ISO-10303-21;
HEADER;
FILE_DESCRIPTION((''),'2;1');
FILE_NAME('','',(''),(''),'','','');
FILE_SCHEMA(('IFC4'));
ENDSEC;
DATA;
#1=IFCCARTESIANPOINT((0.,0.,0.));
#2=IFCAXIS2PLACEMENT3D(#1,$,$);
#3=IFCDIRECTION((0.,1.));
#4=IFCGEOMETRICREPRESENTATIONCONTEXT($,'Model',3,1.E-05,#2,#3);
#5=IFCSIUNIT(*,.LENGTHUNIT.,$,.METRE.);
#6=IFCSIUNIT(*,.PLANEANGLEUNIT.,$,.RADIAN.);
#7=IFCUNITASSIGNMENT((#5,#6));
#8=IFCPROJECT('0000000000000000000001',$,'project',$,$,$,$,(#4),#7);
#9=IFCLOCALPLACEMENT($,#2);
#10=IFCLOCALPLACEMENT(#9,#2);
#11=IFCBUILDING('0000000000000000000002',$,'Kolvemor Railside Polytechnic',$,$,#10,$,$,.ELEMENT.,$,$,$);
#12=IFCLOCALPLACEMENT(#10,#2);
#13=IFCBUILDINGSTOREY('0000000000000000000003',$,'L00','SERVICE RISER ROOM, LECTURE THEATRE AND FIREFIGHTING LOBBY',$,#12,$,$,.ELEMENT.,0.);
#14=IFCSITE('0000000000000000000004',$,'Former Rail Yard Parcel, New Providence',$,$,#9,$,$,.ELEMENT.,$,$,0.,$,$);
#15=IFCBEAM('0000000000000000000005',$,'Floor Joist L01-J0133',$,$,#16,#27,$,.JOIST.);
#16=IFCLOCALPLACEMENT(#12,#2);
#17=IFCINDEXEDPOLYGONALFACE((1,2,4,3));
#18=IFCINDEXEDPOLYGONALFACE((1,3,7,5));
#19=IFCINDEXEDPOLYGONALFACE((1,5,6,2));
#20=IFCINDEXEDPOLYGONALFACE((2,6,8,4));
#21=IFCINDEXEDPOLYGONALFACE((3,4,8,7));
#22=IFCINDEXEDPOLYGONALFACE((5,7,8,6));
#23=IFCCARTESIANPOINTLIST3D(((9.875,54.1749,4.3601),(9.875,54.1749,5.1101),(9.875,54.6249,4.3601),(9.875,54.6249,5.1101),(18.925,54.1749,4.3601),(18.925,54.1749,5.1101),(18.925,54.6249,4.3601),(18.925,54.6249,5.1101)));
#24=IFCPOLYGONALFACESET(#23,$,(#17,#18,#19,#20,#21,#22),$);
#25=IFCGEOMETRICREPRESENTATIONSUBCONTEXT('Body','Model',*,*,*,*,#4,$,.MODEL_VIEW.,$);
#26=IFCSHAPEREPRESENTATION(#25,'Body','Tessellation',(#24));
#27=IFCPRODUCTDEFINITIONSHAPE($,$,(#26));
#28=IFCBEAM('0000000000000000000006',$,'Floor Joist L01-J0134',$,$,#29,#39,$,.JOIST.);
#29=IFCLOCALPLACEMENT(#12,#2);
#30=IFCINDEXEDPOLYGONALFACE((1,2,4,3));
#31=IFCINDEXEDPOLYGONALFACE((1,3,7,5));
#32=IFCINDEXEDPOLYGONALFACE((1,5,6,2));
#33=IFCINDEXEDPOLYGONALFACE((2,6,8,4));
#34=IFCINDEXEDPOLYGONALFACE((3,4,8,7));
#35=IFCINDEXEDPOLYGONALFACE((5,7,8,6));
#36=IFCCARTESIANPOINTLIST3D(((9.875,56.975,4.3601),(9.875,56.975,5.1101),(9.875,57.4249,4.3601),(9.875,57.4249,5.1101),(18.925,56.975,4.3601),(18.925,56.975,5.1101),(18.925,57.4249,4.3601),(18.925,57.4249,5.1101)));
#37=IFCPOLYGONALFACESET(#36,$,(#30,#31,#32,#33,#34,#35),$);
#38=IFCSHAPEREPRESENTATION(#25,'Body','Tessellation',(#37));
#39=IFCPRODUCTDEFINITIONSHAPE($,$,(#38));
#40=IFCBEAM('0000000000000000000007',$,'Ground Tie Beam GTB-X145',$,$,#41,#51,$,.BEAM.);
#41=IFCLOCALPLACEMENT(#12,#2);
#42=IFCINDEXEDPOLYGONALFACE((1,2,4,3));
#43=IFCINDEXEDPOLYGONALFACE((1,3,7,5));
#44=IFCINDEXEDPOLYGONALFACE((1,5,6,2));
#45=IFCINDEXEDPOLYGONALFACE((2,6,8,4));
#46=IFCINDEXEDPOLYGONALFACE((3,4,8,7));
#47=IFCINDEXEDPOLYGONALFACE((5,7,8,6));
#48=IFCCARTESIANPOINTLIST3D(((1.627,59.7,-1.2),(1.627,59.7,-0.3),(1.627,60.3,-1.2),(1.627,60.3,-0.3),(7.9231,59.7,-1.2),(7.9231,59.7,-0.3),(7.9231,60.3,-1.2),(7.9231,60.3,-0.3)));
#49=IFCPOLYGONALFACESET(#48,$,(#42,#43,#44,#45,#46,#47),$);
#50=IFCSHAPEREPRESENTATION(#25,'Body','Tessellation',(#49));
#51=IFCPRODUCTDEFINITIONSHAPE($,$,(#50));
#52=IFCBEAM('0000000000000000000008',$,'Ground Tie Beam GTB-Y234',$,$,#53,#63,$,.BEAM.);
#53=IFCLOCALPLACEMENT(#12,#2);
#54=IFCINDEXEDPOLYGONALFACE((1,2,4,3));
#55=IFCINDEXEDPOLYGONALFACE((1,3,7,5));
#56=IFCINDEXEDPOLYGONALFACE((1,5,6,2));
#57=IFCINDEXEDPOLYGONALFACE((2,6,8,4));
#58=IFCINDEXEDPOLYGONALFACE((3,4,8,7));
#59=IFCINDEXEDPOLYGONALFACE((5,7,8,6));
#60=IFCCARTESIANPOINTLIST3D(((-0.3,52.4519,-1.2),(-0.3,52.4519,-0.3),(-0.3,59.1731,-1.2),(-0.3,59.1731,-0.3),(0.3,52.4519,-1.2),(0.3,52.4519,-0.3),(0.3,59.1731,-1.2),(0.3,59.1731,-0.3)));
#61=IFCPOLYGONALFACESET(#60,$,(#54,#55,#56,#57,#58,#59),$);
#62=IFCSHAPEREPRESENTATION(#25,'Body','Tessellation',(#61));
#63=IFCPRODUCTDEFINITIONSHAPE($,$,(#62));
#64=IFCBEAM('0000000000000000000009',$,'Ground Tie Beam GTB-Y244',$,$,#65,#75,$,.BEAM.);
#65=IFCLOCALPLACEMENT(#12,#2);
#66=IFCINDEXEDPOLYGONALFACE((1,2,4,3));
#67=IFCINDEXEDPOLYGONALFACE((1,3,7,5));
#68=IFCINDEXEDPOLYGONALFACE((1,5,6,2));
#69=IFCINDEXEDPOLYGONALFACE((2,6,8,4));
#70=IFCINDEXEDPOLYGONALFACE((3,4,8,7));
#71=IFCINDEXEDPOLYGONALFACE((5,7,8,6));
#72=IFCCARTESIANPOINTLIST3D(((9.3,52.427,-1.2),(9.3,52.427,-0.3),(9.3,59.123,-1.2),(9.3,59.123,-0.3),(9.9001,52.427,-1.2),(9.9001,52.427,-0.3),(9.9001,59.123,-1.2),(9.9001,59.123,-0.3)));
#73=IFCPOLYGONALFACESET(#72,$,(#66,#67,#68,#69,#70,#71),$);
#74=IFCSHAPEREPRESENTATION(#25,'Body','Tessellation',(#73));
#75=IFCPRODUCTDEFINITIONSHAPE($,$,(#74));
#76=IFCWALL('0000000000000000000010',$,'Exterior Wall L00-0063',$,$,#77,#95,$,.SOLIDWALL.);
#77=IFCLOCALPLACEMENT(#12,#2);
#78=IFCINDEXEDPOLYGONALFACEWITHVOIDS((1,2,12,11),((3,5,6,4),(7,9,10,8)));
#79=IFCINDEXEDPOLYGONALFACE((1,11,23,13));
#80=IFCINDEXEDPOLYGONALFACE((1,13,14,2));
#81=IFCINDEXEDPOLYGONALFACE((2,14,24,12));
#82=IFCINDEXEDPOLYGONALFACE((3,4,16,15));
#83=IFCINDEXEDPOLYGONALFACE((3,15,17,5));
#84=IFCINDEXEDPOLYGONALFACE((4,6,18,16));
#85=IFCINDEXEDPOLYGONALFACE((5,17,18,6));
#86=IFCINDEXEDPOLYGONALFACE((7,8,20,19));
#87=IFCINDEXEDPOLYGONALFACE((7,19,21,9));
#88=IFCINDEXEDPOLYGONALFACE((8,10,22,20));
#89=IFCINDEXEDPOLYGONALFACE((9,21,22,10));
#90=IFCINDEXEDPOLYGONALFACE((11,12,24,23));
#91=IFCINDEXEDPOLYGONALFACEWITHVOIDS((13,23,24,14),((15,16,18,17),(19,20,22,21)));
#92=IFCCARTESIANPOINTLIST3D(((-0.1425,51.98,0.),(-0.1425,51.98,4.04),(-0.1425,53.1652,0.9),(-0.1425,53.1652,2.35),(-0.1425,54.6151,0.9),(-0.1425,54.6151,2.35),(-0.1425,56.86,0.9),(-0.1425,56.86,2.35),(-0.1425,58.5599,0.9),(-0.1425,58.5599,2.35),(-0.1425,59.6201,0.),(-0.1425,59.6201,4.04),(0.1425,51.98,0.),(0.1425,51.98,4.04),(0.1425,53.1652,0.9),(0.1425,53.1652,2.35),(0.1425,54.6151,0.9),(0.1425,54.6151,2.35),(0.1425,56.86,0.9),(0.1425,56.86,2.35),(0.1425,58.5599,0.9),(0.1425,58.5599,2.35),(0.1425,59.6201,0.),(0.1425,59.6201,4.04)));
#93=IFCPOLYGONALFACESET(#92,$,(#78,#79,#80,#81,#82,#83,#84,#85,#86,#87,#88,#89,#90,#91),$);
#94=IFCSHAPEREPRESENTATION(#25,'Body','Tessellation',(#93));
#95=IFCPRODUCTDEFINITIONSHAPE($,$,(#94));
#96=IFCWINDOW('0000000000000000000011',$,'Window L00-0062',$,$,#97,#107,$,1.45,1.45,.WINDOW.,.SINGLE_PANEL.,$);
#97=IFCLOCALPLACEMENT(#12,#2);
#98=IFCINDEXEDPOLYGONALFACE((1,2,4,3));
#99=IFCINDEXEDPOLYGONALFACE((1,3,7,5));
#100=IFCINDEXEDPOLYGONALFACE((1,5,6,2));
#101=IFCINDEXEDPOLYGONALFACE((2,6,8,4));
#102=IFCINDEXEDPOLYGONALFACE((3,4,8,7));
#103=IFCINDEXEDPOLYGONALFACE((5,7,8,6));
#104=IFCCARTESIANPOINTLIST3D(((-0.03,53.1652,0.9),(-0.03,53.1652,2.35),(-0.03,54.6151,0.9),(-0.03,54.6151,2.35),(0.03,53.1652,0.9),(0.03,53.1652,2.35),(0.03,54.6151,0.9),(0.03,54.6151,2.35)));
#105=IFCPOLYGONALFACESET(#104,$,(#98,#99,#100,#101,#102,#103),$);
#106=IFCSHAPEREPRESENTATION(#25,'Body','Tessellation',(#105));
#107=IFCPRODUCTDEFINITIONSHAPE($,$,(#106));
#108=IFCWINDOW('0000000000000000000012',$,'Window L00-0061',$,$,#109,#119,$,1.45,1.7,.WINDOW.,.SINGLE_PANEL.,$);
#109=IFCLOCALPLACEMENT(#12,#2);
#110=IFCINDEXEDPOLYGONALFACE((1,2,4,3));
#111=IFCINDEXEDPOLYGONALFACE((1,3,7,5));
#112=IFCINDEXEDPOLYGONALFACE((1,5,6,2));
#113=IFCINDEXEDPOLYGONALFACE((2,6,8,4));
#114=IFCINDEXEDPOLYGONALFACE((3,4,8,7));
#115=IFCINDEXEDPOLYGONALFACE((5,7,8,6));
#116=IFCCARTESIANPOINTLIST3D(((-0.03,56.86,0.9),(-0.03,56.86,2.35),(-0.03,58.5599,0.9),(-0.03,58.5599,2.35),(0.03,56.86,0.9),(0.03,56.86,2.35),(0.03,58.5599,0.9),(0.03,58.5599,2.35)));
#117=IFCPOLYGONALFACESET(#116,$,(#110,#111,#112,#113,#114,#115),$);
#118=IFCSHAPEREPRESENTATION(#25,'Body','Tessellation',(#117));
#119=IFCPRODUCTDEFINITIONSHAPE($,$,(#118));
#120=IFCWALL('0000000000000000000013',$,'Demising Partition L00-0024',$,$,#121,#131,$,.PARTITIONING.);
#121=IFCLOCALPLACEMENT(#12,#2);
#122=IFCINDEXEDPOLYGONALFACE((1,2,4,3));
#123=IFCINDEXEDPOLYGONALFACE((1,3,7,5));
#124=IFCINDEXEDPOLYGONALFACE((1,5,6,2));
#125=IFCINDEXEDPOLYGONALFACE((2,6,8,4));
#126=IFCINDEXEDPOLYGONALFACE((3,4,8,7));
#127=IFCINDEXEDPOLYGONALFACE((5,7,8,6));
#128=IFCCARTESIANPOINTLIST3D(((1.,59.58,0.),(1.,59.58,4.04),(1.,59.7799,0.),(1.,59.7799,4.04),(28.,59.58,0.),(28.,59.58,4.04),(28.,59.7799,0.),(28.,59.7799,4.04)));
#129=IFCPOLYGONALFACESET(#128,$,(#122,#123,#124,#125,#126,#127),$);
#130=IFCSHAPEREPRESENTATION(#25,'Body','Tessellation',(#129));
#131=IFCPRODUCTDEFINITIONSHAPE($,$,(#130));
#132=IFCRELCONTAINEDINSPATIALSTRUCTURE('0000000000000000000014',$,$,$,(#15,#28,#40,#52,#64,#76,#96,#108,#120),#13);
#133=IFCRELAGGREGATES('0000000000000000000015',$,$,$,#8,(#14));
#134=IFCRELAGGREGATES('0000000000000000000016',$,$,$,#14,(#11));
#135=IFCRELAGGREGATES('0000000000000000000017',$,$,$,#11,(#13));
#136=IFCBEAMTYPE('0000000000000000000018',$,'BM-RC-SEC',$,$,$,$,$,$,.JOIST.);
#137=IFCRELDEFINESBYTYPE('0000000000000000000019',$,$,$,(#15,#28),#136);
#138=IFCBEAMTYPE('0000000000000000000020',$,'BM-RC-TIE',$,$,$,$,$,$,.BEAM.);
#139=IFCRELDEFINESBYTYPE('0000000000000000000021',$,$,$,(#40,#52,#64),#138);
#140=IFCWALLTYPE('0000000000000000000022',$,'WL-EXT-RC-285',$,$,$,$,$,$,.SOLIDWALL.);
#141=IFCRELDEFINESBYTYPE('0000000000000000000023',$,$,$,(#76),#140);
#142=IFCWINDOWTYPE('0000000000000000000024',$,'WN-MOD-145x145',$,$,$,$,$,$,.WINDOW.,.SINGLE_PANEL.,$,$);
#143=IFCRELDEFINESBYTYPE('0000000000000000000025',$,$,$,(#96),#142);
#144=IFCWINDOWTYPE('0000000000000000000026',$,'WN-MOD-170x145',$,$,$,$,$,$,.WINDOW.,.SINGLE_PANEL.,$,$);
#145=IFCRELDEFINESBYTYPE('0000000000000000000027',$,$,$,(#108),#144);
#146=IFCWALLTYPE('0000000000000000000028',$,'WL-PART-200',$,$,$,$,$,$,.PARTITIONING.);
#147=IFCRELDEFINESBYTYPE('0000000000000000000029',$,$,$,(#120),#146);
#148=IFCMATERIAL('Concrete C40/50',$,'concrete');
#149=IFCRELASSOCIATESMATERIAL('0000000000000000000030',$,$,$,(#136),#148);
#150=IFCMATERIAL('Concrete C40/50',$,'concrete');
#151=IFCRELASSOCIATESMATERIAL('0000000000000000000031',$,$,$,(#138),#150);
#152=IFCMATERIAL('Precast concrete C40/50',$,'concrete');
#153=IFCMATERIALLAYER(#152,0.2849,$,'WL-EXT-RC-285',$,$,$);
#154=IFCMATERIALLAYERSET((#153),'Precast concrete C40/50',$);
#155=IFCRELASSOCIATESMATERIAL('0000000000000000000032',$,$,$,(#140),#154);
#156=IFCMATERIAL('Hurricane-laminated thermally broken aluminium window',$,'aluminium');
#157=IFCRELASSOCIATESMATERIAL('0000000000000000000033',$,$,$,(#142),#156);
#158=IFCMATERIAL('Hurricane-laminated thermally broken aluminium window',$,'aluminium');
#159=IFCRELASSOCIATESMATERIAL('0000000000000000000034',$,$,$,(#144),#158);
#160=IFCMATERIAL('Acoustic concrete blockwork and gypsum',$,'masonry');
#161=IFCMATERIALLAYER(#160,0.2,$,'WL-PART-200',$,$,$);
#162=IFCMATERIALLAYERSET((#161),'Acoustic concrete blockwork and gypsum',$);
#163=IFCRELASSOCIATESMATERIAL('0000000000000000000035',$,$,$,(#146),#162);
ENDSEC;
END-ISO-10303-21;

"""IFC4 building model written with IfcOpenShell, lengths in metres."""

from ifc_helpers import new_model, si_unit, direction, frame, frame_2d, origin, origin_2d, place, context, subcontext, project, spatial, rectangle, extrude, material, layer, layer_set, material_profile, profile_set, type_object, element, fill, save


model = new_model("IFC4")

# Units and contexts
model_context = context("Model", 3, precision=1e-05, world=origin(), true_north=direction((0.0, 1.0)))
body_context = subcontext(model_context, "Body", "Model", "MODEL_VIEW")
ifc_project = project(units=[si_unit("LENGTHUNIT", "METRE"), si_unit("PLANEANGLEUNIT", "RADIAN")], contexts=[model_context])

# Site, building, storey
site_placement = place(None, origin())
site = spatial("IfcSite", under=ifc_project, at=site_placement, Name="Former Rail Yard Parcel, New Providence", CompositionType="ELEMENT", RefElevation=0.0)
building_placement = place(site_placement, origin())
building = spatial("IfcBuilding", under=site, at=building_placement, Name="Kolvemor Railside Polytechnic", CompositionType="ELEMENT")
storey_placement = place(building_placement, origin())
storey = spatial("IfcBuildingStorey", under=building, at=storey_placement, Name="L00", Description="SERVICE RISER ROOM, LECTURE THEATRE AND FIREFIGHTING LOBBY", CompositionType="ELEMENT", Elevation=0.0)

# Beams
ifc_material_1 = material(Name="Concrete C40/50", Category="concrete")
ifc_material_profile_1 = material_profile(ifc_material_1, rectangle(XDim=0.45, YDim=0.75, at=origin_2d()), Name="RC450x750")
ifc_profile_set_1 = profile_set([ifc_material_profile_1], Name="Concrete C40/50")
beam_type_1 = type_object("IfcBeamType", Name="BM-RC-SEC", PredefinedType="JOIST", material=ifc_profile_set_1)
for number, where, z_axis, x_axis, name in (
    (1, (9.875, 54.3999, 4.7351), (1.0, 0.0, 0.0), (0.0, 1.0, 0.0), "Floor Joist L01-J0133"),
    (2, (9.875, 57.2, 4.7351), (1.0, 0.0, 0.0), (0.0, 1.0, 0.0), "Floor Joist L01-J0134"),
):
    element("IfcBeam", number, at=place(storey_placement, frame(where, z_axis=z_axis, x_axis=x_axis)), inside=storey, type_object=beam_type_1, Name=name, PredefinedType="JOIST", context=body_context, shape_type="SweptSolid", body=[
        extrude(rectangle(XDim=0.45, YDim=0.75, at=origin_2d()), origin(), (0.0, 0.0, 1.0), 9.05),
    ])
ifc_material_2 = material(Name="Concrete C40/50", Category="concrete")
ifc_material_profile_2 = material_profile(ifc_material_2, rectangle(XDim=0.6001, YDim=0.8999, at=origin_2d()), Name="RC600x900")
ifc_profile_set_2 = profile_set([ifc_material_profile_2], Name="Concrete C40/50")
beam_type_2 = type_object("IfcBeamType", Name="BM-RC-TIE", PredefinedType="BEAM", material=ifc_profile_set_2)
beam_1_placement = place(storey_placement, frame((1.627, 60.0, -0.75), z_axis=(1.0, 0.0, 0.0), x_axis=(0.0, 1.0, 0.0)))
element("IfcBeam", 3, at=beam_1_placement, inside=storey, type_object=beam_type_2, Name="Ground Tie Beam GTB-X145", PredefinedType="BEAM", context=body_context, shape_type="SweptSolid", body=[
    extrude(rectangle(XDim=0.6001, YDim=0.8999, at=origin_2d()), origin(), (0.0, 0.0, 1.0), 6.2961),
])
beam_2_placement = place(storey_placement, frame((0.0, 52.4519, -0.75), z_axis=(0.0, 1.0, 0.0), x_axis=(-1.0, 0.0, 0.0)))
element("IfcBeam", 4, at=beam_2_placement, inside=storey, type_object=beam_type_2, Name="Ground Tie Beam GTB-Y234", PredefinedType="BEAM", context=body_context, shape_type="SweptSolid", body=[
    extrude(rectangle(XDim=0.6001, YDim=0.8999, at=origin_2d()), origin(), (0.0, 0.0, 1.0), 6.7212),
])
beam_3_placement = place(storey_placement, frame((9.6001, 52.427, -0.75), z_axis=(0.0, 1.0, 0.0), x_axis=(-1.0, 0.0, 0.0)))
element("IfcBeam", 5, at=beam_3_placement, inside=storey, type_object=beam_type_2, Name="Ground Tie Beam GTB-Y244", PredefinedType="BEAM", context=body_context, shape_type="SweptSolid", body=[
    extrude(rectangle(XDim=0.6001, YDim=0.8999, at=origin_2d()), origin(), (0.0, 0.0, 1.0), 6.696),
])

# Wall, openings, windows
ifc_material_3 = material(Name="Precast concrete C40/50", Category="concrete")
ifc_layer_1 = layer(ifc_material_3, 0.2849, Name="WL-EXT-RC-285")
ifc_layer_set_1 = layer_set([ifc_layer_1], Name="Precast concrete C40/50")
wall_type_1 = type_object("IfcWallType", Name="WL-EXT-RC-285", PredefinedType="SOLIDWALL", material=ifc_layer_set_1)
wall_1_placement = place(storey_placement, frame((0.0, 59.6201, 0.0), z_axis=(0.0, 0.0, 1.0), x_axis=(0.0, -1.0, 0.0)))
wall_1 = element("IfcWall", 6, at=wall_1_placement, inside=storey, type_object=wall_type_1, Name="Exterior Wall L00-0063", PredefinedType="SOLIDWALL", context=body_context, shape_type="SweptSolid", body=[
    extrude(rectangle(XDim=7.6401, YDim=0.2849, at=frame_2d((3.8201, 0.0))), origin(), (0.0, 0.0, 1.0), 4.04),
])
opening_1_placement = place(wall_1_placement, frame((1.0601, 0.0, 0.8999)))
opening_1 = element("IfcOpeningElement", 7, at=opening_1_placement, cuts=wall_1, PredefinedType="OPENING", context=body_context, shape_type="SweptSolid", body=[
    extrude(rectangle(XDim=1.7, YDim=1.45, at=frame_2d((0.8501, 0.7251))), frame((0.0, 0.1523, 0.0), z_axis=(0.0, -1.0, 0.0), x_axis=(1.0, 0.0, 0.0)), (0.0, 0.0, 1.0), 0.3049),
])
opening_2_placement = place(wall_1_placement, frame((5.0049, 0.0, 0.8999)))
opening_2 = element("IfcOpeningElement", 8, at=opening_2_placement, cuts=wall_1, PredefinedType="OPENING", context=body_context, shape_type="SweptSolid", body=[
    extrude(rectangle(XDim=1.45, YDim=1.45, at=frame_2d((0.7251, 0.7251))), frame((0.0, 0.1523, 0.0), z_axis=(0.0, -1.0, 0.0), x_axis=(1.0, 0.0, 0.0)), (0.0, 0.0, 1.0), 0.3049),
])
ifc_material_4 = material(Name="Hurricane-laminated thermally broken aluminium window", Category="aluminium")
window_type_1 = type_object("IfcWindowType", Name="WN-MOD-145x145", PartitioningType="SINGLE_PANEL", PredefinedType="WINDOW", material=ifc_material_4)
window_1_placement = place(opening_2_placement, origin())
window_1 = element("IfcWindow", 9, at=window_1_placement, inside=storey, type_object=window_type_1, Name="Window L00-0062", OverallHeight=1.45, OverallWidth=1.45, PartitioningType="SINGLE_PANEL", PredefinedType="WINDOW", context=body_context, shape_type="SweptSolid", body=[
    extrude(rectangle(XDim=1.45, YDim=1.45, at=frame_2d((0.7251, 0.7251))), frame((0.0, 0.03, 0.0), z_axis=(0.0, -1.0, 0.0), x_axis=(1.0, 0.0, 0.0)), (0.0, 0.0, 1.0), 0.0601),
])
fill(opening_2, window_1)
ifc_material_5 = material(Name="Hurricane-laminated thermally broken aluminium window", Category="aluminium")
window_type_2 = type_object("IfcWindowType", Name="WN-MOD-170x145", PartitioningType="SINGLE_PANEL", PredefinedType="WINDOW", material=ifc_material_5)
window_2_placement = place(opening_1_placement, origin())
window_2 = element("IfcWindow", 10, at=window_2_placement, inside=storey, type_object=window_type_2, Name="Window L00-0061", OverallHeight=1.45, OverallWidth=1.7, PartitioningType="SINGLE_PANEL", PredefinedType="WINDOW", context=body_context, shape_type="SweptSolid", body=[
    extrude(rectangle(XDim=1.7, YDim=1.45, at=frame_2d((0.8501, 0.7251))), frame((0.0, 0.03, 0.0), z_axis=(0.0, -1.0, 0.0), x_axis=(1.0, 0.0, 0.0)), (0.0, 0.0, 1.0), 0.0601),
])
fill(opening_1, window_2)

# Wall
ifc_material_6 = material(Name="Acoustic concrete blockwork and gypsum", Category="masonry")
ifc_layer_2 = layer(ifc_material_6, 0.2, Name="WL-PART-200")
ifc_layer_set_2 = layer_set([ifc_layer_2], Name="Acoustic concrete blockwork and gypsum")
wall_type_2 = type_object("IfcWallType", Name="WL-PART-200", PredefinedType="PARTITIONING", material=ifc_layer_set_2)
wall_2_placement = place(storey_placement, frame((1.0, 59.6799, 0.0), z_axis=(0.0, 0.0, 1.0), x_axis=(1.0, 0.0, 0.0)))
element("IfcWall", 11, at=wall_2_placement, inside=storey, type_object=wall_type_2, Name="Demising Partition L00-0024", PredefinedType="PARTITIONING", context=body_context, shape_type="SweptSolid", body=[
    extrude(rectangle(XDim=27.0, YDim=0.2, at=frame_2d((13.5, 0.0))), origin(), (0.0, 0.0, 1.0), 4.04),
])

save(model, "model.ifc")
